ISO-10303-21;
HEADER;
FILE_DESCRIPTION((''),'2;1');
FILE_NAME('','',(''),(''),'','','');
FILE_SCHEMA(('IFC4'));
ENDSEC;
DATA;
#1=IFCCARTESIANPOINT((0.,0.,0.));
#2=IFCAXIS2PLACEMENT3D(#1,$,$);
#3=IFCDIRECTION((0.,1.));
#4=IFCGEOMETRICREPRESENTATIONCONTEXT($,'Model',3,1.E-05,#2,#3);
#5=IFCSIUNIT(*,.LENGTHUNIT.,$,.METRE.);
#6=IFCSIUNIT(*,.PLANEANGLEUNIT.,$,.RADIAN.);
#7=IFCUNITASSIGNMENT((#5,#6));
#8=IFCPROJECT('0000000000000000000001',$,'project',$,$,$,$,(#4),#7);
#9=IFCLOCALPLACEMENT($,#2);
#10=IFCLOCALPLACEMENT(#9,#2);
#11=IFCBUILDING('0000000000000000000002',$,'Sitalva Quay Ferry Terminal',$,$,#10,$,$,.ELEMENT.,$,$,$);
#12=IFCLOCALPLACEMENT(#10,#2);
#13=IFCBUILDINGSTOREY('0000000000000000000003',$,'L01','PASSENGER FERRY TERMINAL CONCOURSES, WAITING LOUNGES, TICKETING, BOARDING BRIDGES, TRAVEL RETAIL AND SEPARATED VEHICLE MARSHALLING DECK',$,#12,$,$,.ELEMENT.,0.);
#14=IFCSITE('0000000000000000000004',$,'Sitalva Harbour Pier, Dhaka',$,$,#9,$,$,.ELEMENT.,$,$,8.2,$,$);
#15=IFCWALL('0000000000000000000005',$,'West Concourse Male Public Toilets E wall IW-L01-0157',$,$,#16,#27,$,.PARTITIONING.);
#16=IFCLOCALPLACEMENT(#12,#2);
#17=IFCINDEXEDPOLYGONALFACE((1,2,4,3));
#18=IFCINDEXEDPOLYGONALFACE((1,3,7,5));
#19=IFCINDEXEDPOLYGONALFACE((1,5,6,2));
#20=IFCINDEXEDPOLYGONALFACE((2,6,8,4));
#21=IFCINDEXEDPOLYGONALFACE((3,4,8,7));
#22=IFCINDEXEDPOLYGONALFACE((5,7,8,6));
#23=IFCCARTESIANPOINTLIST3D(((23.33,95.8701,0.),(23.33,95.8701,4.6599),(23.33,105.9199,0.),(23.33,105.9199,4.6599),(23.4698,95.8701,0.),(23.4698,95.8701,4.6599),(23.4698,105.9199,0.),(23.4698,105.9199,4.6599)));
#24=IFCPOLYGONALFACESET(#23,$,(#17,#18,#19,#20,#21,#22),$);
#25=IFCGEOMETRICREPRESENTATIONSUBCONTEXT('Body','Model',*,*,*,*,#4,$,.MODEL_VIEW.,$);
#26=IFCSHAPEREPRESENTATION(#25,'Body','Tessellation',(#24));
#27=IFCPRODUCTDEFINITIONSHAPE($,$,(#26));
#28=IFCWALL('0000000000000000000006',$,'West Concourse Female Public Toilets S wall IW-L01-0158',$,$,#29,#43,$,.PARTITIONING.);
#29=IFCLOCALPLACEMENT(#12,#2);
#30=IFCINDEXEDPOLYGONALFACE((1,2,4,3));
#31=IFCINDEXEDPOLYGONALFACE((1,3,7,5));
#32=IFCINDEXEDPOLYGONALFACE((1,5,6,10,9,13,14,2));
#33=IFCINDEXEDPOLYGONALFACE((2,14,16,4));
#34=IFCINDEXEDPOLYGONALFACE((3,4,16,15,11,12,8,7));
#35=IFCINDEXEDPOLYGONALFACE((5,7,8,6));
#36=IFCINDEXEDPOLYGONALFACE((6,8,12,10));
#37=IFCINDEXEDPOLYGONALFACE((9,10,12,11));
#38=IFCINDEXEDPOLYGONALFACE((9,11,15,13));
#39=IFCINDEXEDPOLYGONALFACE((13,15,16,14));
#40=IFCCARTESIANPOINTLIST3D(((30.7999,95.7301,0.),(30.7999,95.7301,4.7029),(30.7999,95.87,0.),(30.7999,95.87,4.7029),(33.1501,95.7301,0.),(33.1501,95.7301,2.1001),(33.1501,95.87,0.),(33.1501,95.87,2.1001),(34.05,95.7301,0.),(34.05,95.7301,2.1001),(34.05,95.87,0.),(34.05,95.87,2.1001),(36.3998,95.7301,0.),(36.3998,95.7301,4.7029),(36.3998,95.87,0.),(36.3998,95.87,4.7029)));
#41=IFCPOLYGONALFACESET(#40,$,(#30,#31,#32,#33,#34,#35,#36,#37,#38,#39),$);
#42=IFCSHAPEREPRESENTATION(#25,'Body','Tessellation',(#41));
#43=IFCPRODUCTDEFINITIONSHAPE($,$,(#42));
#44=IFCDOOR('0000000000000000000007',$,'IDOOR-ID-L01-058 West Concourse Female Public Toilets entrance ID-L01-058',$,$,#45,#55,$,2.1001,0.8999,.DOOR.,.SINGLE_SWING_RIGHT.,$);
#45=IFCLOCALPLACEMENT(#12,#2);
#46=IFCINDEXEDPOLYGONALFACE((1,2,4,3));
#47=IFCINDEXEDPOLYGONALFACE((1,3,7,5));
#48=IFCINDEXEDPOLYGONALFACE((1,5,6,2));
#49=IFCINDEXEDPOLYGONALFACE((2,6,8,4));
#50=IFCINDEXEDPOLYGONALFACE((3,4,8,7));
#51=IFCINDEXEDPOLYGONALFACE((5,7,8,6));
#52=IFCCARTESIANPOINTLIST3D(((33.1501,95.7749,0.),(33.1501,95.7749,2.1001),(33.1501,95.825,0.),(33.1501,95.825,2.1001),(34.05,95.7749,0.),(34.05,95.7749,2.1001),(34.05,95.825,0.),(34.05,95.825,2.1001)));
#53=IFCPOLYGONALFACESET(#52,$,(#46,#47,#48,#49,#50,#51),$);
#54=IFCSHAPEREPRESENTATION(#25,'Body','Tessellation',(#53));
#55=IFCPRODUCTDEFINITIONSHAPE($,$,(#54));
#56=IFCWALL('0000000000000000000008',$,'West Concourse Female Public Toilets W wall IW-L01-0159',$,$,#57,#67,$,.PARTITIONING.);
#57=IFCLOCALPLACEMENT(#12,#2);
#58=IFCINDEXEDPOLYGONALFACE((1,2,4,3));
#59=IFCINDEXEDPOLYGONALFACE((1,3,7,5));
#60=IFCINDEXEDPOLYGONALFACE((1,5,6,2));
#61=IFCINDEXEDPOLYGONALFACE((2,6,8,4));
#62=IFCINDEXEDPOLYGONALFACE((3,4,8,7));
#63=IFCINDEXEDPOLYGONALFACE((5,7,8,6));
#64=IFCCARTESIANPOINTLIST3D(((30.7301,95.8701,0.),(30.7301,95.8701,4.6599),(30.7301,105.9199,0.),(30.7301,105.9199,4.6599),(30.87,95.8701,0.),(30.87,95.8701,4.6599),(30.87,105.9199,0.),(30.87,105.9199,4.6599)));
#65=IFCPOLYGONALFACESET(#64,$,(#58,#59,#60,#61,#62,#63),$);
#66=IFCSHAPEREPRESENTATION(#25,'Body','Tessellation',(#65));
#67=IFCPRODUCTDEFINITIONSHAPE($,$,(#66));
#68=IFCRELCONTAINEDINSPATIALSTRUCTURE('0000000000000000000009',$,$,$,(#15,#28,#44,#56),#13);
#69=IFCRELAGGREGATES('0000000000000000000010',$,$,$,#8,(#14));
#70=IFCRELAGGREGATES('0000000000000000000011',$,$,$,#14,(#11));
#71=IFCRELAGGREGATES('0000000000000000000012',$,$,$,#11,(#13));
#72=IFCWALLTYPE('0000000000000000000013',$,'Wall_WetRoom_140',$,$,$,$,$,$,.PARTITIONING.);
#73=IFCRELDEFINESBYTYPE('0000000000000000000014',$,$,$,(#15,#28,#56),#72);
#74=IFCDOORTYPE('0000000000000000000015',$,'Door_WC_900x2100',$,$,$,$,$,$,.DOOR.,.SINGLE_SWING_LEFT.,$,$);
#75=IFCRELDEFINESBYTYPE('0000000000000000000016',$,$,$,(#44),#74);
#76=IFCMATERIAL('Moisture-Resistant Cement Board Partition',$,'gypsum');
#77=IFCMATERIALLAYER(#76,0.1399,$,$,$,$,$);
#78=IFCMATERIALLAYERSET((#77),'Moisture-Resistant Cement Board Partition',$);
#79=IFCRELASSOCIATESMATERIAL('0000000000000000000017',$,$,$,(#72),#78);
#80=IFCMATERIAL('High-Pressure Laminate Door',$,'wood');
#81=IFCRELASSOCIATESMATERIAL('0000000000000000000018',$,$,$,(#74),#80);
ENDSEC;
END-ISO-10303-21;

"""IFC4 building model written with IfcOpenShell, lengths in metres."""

from ifc_helpers import new_model, si_unit, direction, frame, frame_2d, origin, place, context, subcontext, project, spatial, rectangle, extrude, material, layer, layer_set, type_object, element, fill, save


model = new_model("IFC4")

# Units and contexts
model_context = context("Model", 3, precision=1e-05, world=origin(), true_north=direction((0.0, 1.0)))
body_context = subcontext(model_context, "Body", "Model", "MODEL_VIEW")
ifc_project = project(units=[si_unit("LENGTHUNIT", "METRE"), si_unit("PLANEANGLEUNIT", "RADIAN")], contexts=[model_context])

# Site, building, storey
site_placement = place(None, origin())
site = spatial("IfcSite", under=ifc_project, at=site_placement, Name="Sitalva Harbour Pier, Dhaka", CompositionType="ELEMENT", RefElevation=8.2)
building_placement = place(site_placement, origin())
building = spatial("IfcBuilding", under=site, at=building_placement, Name="Sitalva Quay Ferry Terminal", CompositionType="ELEMENT")
storey_placement = place(building_placement, origin())
storey = spatial("IfcBuildingStorey", under=building, at=storey_placement, Name="L01", Description="PASSENGER FERRY TERMINAL CONCOURSES, WAITING LOUNGES, TICKETING, BOARDING BRIDGES, TRAVEL RETAIL AND SEPARATED VEHICLE MARSHALLING DECK", CompositionType="ELEMENT", Elevation=0.0)

# Wall
ifc_material_1 = material(Name="Moisture-Resistant Cement Board Partition", Category="gypsum")
ifc_layer = layer(ifc_material_1, 0.1399)
ifc_layer_set = layer_set([ifc_layer], Name="Moisture-Resistant Cement Board Partition")
wall_type = type_object("IfcWallType", Name="Wall_WetRoom_140", PredefinedType="PARTITIONING", material=ifc_layer_set)
wall_1_placement = place(storey_placement, frame((23.3999, 95.8701, 0.0), z_axis=(0.0, 0.0, 1.0), x_axis=(0.0, 1.0, 0.0)))
element("IfcWall", 1, at=wall_1_placement, inside=storey, type_object=wall_type, Name="West Concourse Male Public Toilets E wall IW-L01-0157", PredefinedType="PARTITIONING", context=body_context, shape_type="SweptSolid", body=[
    extrude(rectangle(XDim=10.0498, YDim=0.1399, at=frame_2d((5.0249, 0.0))), origin(), (0.0, 0.0, 1.0), 4.6599),
])

# Wall, opening, door
wall_2_placement = place(storey_placement, frame((30.8, 95.8, 0.0), z_axis=(0.0, 0.0, 1.0), x_axis=(1.0, 0.0, 0.0)))
wall_2 = element("IfcWall", 2, at=wall_2_placement, inside=storey, type_object=wall_type, Name="West Concourse Female Public Toilets S wall IW-L01-0158", PredefinedType="PARTITIONING", context=body_context, shape_type="SweptSolid", body=[
    extrude(rectangle(XDim=5.5999, YDim=0.1399, at=frame_2d((2.7998, 0.0))), origin(), (0.0, 0.0, 1.0), 4.7029),
])
opening_placement = place(wall_2_placement, frame((2.3501, 0.0, 0.0)))
opening = element("IfcOpeningElement", 3, at=opening_placement, cuts=wall_2, PredefinedType="OPENING", context=body_context, shape_type="SweptSolid", body=[
    extrude(rectangle(XDim=0.8999, YDim=2.1001, at=frame_2d((0.45, 1.05))), frame((0.0, 0.0798, 0.0), z_axis=(0.0, -1.0, 0.0), x_axis=(1.0, 0.0, 0.0)), (0.0, 0.0, 1.0), 0.1599),
])
ifc_material_2 = material(Name="High-Pressure Laminate Door", Category="wood")
door_type = type_object("IfcDoorType", Name="Door_WC_900x2100", OperationType="SINGLE_SWING_LEFT", PredefinedType="DOOR", material=ifc_material_2)
door_placement = place(opening_placement, origin())
door = element("IfcDoor", 4, at=door_placement, inside=storey, type_object=door_type, Name="IDOOR-ID-L01-058 West Concourse Female Public Toilets entrance ID-L01-058", OperationType="SINGLE_SWING_RIGHT", OverallHeight=2.1001, OverallWidth=0.8999, PredefinedType="DOOR", context=body_context, shape_type="SweptSolid", body=[
    extrude(rectangle(XDim=0.8999, YDim=2.1001, at=frame_2d((0.45, 1.05))), frame((0.0, 0.0249, 0.0), z_axis=(0.0, -1.0, 0.0), x_axis=(1.0, 0.0, 0.0)), (0.0, 0.0, 1.0), 0.05),
])
fill(opening, door)

# Wall
wall_3_placement = place(storey_placement, frame((30.8, 95.8701, 0.0), z_axis=(0.0, 0.0, 1.0), x_axis=(0.0, 1.0, 0.0)))
element("IfcWall", 5, at=wall_3_placement, inside=storey, type_object=wall_type, Name="West Concourse Female Public Toilets W wall IW-L01-0159", PredefinedType="PARTITIONING", context=body_context, shape_type="SweptSolid", body=[
    extrude(rectangle(XDim=10.0498, YDim=0.1399, at=frame_2d((5.0249, 0.0))), origin(), (0.0, 0.0, 1.0), 4.6599),
])

save(model, "model.ifc")
